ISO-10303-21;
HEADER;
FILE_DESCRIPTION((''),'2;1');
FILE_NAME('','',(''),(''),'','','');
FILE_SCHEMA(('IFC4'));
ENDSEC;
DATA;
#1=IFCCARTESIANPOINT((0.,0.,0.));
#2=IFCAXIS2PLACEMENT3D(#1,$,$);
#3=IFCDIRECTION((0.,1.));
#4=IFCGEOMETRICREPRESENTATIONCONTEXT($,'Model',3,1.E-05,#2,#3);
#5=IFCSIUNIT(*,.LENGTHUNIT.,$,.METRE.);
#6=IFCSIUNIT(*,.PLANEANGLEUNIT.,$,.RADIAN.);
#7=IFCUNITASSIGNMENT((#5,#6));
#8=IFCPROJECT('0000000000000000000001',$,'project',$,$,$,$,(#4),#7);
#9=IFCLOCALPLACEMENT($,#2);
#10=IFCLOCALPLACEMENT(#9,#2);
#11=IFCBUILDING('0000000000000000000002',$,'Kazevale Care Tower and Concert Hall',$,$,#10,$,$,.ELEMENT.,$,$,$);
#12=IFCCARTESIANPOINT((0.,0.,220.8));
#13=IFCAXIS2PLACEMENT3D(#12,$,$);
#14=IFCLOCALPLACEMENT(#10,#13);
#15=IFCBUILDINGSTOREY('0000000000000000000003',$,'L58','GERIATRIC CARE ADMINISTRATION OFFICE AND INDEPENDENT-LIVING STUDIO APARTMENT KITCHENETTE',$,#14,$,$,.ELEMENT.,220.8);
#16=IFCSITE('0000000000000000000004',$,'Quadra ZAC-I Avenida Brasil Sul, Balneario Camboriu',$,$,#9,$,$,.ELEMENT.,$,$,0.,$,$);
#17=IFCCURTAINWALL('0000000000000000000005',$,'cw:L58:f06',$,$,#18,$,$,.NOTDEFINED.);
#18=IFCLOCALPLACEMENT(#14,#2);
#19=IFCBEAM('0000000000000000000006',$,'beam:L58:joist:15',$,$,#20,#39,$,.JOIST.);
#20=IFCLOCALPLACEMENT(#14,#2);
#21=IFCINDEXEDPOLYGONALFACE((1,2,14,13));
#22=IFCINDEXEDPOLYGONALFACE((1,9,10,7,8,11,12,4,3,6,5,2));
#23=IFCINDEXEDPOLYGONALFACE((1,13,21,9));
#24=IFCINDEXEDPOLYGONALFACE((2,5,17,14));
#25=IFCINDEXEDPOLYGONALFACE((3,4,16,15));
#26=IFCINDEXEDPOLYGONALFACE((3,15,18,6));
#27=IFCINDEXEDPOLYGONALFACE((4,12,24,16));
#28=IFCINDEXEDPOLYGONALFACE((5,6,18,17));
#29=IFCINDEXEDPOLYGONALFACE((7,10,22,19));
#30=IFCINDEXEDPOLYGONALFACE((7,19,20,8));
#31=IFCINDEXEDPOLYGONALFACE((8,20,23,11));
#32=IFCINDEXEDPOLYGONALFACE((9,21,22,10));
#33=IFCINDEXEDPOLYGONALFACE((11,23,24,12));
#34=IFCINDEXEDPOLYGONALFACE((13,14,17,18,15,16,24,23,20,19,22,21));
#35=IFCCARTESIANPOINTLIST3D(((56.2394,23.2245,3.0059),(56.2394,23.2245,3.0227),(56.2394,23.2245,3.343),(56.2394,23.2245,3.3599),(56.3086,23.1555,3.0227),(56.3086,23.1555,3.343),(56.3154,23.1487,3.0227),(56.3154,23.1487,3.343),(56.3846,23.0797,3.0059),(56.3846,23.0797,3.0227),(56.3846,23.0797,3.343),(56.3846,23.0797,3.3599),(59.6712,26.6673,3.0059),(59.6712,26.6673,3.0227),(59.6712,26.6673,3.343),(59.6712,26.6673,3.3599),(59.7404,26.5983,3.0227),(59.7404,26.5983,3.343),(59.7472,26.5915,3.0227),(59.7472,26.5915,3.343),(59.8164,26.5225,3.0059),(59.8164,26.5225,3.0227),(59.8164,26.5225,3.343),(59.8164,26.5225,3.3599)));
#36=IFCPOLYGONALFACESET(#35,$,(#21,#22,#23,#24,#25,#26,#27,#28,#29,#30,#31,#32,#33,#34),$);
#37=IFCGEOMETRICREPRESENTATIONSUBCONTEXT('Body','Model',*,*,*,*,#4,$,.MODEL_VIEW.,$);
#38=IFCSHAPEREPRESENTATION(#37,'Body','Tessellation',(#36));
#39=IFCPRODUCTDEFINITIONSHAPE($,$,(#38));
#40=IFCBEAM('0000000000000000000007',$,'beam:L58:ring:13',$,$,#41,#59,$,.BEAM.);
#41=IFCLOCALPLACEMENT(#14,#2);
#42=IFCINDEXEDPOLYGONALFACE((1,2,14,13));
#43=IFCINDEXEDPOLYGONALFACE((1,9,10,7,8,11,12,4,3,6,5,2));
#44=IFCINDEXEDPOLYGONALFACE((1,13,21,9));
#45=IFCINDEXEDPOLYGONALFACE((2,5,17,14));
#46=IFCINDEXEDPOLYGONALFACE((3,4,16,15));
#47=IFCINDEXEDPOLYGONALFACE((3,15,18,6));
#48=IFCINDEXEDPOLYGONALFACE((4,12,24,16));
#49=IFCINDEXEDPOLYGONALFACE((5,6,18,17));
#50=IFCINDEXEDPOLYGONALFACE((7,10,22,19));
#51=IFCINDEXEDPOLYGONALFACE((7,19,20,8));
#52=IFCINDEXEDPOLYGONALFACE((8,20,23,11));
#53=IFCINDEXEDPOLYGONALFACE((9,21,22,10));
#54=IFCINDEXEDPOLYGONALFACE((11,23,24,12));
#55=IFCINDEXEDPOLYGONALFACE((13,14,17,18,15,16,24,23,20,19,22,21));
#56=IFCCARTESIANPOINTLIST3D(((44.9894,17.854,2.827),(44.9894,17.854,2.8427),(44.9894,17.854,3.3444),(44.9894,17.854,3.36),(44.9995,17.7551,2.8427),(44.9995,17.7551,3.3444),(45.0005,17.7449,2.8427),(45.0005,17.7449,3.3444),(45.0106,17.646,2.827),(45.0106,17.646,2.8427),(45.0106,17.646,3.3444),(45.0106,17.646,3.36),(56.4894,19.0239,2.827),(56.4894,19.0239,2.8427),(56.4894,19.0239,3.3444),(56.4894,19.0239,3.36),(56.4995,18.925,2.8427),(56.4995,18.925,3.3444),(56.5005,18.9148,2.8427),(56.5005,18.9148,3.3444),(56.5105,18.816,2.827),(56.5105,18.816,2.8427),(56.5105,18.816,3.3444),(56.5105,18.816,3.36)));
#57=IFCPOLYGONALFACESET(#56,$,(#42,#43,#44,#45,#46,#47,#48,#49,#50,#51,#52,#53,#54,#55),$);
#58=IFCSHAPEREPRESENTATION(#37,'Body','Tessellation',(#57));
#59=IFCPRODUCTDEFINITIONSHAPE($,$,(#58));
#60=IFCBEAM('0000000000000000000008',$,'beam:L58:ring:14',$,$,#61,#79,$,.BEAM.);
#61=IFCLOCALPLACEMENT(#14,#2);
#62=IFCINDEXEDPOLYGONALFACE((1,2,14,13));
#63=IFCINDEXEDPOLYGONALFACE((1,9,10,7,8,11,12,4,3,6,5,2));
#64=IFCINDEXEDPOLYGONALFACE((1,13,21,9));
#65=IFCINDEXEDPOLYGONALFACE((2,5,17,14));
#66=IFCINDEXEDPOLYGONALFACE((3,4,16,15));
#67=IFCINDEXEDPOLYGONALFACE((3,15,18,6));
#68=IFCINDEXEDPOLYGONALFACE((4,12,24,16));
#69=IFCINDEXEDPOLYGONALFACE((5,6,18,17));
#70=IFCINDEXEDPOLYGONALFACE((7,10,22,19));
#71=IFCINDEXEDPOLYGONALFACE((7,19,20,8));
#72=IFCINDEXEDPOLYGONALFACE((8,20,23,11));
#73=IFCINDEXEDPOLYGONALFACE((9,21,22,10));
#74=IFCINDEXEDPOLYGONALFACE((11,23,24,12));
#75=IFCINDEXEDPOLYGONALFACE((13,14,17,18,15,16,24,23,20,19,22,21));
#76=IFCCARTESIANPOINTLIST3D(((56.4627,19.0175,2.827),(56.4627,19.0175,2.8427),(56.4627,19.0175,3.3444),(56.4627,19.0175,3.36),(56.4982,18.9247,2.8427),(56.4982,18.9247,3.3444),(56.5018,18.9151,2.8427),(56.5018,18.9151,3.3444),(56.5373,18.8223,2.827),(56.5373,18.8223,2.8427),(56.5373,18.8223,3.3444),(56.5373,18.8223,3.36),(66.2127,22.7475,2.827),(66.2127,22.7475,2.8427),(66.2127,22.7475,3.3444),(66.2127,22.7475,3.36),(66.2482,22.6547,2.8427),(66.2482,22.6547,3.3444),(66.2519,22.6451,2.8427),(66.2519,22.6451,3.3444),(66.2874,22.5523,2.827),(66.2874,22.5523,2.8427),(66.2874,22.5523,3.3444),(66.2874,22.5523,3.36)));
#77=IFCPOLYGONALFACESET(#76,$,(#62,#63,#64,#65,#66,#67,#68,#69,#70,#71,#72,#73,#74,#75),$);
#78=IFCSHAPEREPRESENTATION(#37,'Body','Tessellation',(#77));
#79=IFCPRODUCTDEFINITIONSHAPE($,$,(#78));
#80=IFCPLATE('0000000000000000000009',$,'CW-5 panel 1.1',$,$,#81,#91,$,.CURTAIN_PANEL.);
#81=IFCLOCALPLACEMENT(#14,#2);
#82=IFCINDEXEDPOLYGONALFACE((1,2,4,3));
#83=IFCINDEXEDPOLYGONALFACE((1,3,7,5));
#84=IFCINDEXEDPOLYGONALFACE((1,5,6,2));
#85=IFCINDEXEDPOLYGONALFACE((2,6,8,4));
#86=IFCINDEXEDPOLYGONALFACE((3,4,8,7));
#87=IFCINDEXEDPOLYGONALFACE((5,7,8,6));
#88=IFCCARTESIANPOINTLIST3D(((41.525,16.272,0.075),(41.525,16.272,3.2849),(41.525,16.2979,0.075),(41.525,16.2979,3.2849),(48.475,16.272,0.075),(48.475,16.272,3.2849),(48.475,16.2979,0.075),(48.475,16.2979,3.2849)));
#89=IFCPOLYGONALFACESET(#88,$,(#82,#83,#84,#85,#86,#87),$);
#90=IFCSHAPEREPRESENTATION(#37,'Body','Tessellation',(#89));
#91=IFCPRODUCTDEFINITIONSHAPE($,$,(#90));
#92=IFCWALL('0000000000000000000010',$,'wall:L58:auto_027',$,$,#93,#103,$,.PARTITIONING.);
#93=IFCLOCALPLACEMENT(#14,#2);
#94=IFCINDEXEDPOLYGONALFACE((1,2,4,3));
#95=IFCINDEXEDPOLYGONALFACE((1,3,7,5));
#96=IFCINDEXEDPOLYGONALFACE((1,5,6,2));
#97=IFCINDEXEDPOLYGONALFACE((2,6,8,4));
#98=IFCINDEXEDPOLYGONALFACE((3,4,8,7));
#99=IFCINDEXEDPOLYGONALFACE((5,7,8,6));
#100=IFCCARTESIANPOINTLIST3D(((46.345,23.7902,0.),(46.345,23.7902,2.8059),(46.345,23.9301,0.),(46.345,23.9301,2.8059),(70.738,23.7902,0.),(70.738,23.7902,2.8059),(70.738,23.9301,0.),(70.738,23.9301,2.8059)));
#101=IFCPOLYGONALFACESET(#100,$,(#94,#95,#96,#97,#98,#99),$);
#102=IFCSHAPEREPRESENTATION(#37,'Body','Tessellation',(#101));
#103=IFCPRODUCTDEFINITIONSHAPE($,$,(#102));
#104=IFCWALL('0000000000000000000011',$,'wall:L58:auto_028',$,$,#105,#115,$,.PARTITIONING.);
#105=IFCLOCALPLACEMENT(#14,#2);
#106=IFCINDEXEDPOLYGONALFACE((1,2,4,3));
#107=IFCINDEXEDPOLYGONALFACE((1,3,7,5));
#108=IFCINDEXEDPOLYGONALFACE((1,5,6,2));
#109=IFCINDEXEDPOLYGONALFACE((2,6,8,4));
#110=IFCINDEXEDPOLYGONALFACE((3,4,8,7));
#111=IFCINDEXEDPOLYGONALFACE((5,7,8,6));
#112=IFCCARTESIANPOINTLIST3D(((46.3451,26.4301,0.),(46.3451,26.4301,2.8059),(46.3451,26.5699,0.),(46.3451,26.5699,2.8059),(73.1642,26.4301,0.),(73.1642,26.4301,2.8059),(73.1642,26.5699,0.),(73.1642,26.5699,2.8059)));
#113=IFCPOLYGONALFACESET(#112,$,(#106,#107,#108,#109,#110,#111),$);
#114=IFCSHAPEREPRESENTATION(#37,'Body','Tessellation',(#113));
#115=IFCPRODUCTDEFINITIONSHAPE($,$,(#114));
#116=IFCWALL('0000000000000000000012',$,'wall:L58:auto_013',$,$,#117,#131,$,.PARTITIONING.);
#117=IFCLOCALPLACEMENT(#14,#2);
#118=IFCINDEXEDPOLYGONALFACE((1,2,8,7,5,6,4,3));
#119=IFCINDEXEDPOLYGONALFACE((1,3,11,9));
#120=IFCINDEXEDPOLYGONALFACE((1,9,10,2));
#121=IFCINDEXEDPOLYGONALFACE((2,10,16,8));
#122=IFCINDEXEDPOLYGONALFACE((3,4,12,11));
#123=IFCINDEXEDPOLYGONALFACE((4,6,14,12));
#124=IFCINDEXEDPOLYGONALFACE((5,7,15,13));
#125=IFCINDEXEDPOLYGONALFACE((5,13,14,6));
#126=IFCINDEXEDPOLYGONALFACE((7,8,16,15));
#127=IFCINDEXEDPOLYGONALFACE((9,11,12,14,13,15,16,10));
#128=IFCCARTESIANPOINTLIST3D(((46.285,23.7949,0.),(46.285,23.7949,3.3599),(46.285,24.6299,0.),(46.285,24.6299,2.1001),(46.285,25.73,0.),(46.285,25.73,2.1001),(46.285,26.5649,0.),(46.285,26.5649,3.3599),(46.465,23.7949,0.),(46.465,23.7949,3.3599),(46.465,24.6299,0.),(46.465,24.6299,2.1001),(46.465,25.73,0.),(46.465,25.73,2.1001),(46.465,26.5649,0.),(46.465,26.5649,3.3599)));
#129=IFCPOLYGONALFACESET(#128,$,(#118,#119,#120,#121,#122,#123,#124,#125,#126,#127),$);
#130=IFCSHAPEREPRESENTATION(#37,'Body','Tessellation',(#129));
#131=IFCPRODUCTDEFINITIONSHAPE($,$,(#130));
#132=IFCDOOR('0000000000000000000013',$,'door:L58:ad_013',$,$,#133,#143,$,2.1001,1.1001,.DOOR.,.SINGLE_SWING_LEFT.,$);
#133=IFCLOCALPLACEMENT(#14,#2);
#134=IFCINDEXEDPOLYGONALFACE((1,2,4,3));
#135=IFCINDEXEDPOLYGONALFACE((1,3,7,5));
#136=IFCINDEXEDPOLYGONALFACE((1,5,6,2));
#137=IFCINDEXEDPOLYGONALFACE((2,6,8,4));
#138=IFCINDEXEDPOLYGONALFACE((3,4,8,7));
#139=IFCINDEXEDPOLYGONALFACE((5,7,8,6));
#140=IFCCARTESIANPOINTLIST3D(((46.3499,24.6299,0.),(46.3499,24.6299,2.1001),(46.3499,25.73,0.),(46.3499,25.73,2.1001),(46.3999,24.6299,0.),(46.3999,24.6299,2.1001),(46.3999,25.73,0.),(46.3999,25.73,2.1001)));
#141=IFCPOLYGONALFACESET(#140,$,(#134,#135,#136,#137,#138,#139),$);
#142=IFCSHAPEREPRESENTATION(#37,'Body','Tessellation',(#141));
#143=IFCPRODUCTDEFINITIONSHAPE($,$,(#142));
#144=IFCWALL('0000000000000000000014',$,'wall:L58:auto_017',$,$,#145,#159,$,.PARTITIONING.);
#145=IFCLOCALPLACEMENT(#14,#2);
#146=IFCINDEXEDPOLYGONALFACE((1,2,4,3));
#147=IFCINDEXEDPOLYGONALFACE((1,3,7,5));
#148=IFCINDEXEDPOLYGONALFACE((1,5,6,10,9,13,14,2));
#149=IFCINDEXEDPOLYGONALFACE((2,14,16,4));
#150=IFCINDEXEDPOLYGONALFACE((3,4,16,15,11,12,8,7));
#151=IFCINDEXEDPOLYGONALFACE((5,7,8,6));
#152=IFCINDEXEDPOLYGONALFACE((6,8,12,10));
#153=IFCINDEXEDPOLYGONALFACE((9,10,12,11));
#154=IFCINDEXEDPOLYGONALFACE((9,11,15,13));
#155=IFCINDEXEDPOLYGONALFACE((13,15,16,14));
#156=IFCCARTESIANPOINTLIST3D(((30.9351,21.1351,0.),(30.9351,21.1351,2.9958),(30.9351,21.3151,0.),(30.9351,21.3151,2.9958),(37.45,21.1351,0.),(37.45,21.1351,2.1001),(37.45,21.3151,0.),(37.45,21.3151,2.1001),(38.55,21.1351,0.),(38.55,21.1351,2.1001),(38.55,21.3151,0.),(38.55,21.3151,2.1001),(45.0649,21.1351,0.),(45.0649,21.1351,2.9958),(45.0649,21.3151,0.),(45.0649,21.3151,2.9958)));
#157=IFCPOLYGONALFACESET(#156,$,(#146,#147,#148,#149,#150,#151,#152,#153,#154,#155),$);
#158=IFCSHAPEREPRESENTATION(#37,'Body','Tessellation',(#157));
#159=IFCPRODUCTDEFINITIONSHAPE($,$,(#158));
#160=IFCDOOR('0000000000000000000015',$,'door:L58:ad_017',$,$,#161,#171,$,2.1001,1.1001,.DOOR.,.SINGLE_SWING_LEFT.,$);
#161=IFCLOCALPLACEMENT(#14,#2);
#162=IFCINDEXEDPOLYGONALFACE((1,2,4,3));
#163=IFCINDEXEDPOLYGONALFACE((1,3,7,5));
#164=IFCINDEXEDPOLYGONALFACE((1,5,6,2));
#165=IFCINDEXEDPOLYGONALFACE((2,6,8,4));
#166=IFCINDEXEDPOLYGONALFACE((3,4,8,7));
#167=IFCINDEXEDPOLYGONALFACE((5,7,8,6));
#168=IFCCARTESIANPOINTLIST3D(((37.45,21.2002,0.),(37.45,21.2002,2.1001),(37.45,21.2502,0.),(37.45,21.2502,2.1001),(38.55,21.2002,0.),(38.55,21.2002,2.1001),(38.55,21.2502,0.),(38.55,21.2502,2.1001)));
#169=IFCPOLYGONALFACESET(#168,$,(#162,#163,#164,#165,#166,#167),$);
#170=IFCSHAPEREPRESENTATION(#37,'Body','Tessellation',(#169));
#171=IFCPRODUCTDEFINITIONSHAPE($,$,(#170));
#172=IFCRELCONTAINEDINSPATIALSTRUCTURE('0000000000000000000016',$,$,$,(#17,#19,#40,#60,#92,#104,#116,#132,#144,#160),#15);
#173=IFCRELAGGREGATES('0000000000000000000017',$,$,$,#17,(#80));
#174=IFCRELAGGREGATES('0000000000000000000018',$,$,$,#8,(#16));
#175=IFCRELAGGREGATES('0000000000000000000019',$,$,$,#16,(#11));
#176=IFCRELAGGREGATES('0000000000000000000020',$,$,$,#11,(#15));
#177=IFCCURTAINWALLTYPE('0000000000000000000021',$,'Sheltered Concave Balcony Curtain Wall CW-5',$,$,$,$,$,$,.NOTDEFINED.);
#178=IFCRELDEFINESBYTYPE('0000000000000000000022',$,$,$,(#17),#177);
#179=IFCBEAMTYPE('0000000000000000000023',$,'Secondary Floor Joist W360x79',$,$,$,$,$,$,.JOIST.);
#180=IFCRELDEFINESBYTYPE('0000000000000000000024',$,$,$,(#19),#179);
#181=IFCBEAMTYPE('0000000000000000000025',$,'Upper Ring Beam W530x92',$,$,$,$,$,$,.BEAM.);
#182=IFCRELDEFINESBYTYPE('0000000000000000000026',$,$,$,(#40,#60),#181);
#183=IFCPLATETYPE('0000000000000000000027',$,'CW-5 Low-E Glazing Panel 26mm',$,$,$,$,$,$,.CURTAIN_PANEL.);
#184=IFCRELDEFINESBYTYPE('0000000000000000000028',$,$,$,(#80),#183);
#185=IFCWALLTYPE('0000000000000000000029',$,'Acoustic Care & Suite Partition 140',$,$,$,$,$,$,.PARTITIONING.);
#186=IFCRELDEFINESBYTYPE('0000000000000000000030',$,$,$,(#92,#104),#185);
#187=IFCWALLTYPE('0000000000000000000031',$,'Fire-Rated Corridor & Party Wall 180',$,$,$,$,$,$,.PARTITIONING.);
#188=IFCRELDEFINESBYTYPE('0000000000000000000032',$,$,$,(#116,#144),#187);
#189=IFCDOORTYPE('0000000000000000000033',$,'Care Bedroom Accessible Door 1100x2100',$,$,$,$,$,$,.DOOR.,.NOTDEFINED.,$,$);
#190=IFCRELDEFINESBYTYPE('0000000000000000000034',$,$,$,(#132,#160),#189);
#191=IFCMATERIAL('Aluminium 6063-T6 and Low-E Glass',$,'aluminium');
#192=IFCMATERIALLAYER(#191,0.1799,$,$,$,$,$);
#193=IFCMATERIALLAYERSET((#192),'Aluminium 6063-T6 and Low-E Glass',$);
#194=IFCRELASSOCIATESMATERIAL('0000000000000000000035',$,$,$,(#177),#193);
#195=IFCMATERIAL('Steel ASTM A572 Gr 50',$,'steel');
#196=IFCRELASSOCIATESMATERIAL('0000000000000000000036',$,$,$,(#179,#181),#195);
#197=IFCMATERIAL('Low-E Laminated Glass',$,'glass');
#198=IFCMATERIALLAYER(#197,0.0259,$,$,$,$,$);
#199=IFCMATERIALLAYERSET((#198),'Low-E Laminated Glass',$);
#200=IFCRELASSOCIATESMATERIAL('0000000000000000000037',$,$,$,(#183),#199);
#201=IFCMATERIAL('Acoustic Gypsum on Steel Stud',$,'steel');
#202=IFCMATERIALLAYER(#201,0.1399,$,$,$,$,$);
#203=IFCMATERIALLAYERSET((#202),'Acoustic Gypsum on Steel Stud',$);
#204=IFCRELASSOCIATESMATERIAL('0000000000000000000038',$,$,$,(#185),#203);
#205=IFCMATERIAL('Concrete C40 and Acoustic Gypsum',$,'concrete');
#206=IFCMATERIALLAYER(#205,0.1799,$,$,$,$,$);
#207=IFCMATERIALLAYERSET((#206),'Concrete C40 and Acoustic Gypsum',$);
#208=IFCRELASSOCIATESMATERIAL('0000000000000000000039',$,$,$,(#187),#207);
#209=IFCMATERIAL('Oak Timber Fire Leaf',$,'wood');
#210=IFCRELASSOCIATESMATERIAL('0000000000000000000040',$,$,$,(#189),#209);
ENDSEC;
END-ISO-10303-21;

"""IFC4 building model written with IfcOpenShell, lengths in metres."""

from ifc_helpers import new_model, si_unit, direction, frame, frame_2d, origin, origin_2d, place, context, subcontext, project, spatial, rectangle, i_section, extrude, material, layer, layer_set, material_profile, profile_set, type_object, element, fill, aggregate, save


model = new_model("IFC4")

# Units and contexts
model_context = context("Model", 3, precision=1e-05, world=origin(), true_north=direction((0.0, 1.0)))
body_context = subcontext(model_context, "Body", "Model", "MODEL_VIEW")
ifc_project = project(units=[si_unit("LENGTHUNIT", "METRE"), si_unit("PLANEANGLEUNIT", "RADIAN")], contexts=[model_context])

# Site, building, storey
site_placement = place(None, origin())
site = spatial("IfcSite", under=ifc_project, at=site_placement, Name="Quadra ZAC-I Avenida Brasil Sul, Balneario Camboriu", CompositionType="ELEMENT", RefElevation=0.0)
building_placement = place(site_placement, origin())
building = spatial("IfcBuilding", under=site, at=building_placement, Name="Kazevale Care Tower and Concert Hall", CompositionType="ELEMENT")
storey_placement = place(building_placement, frame((0.0, 0.0, 220.8)))
storey = spatial("IfcBuildingStorey", under=building, at=storey_placement, Name="L58", Description="GERIATRIC CARE ADMINISTRATION OFFICE AND INDEPENDENT-LIVING STUDIO APARTMENT KITCHENETTE", CompositionType="ELEMENT", Elevation=220.8)

# Shared definitions
ifc_material_1 = material(Name="Aluminium 6063-T6 and Low-E Glass", Category="aluminium")
ifc_layer_1 = layer(ifc_material_1, 0.1799)
ifc_layer_set_1 = layer_set([ifc_layer_1], Name="Aluminium 6063-T6 and Low-E Glass")
curtain_wall_type = type_object("IfcCurtainWallType", Name="Sheltered Concave Balcony Curtain Wall CW-5", PredefinedType="NOTDEFINED", material=ifc_layer_set_1)

# Curtain wall
curtain_wall_1_placement = place(storey_placement, origin())
curtain_wall_1 = element("IfcCurtainWall", 1, at=curtain_wall_1_placement, inside=storey, type_object=curtain_wall_type, Name="cw:L58:f06", PredefinedType="NOTDEFINED")

# Beams
ifc_material_2 = material(Name="Steel ASTM A572 Gr 50", Category="steel")
ifc_material_profile_1 = material_profile(ifc_material_2, i_section(OverallWidth=0.2051, OverallDepth=0.354, WebThickness=0.0095, FlangeThickness=0.0168, at=origin_2d()), Name="W360x79")
ifc_profile_set_1 = profile_set([ifc_material_profile_1], Name="Steel ASTM A572 Gr 50")
beam_type_1 = type_object("IfcBeamType", Name="Secondary Floor Joist W360x79", PredefinedType="JOIST", material=ifc_profile_set_1)
beam_1_placement = place(storey_placement, frame((56.312, 23.1521, 3.1829), z_axis=(0.705976, 0.708236, 0.0), x_axis=(-0.708236, 0.705976, 0.0)))
element("IfcBeam", 2, at=beam_1_placement, inside=storey, type_object=beam_type_1, Name="beam:L58:joist:15", PredefinedType="JOIST", context=body_context, shape_type="SweptSolid", body=[
    extrude(i_section(OverallWidth=0.2051, OverallDepth=0.354, WebThickness=0.0095, FlangeThickness=0.0168, at=origin_2d()), origin(), (0.0, 0.0, 1.0), 4.8611),
])
ifc_material_profile_2 = material_profile(ifc_material_2, i_section(OverallWidth=0.209, OverallDepth=0.533, WebThickness=0.0103, FlangeThickness=0.0156, at=origin_2d()), Name="W530x92")
ifc_profile_set_2 = profile_set([ifc_material_profile_2], Name="Steel ASTM A572 Gr 50")
beam_type_2 = type_object("IfcBeamType", Name="Upper Ring Beam W530x92", PredefinedType="BEAM", material=ifc_profile_set_2)
beam_2_placement = place(storey_placement, frame((45.0, 17.75, 3.0935), z_axis=(0.994865, 0.10121, 0.0), x_axis=(-0.10121, 0.994865, 0.0)))
element("IfcBeam", 3, at=beam_2_placement, inside=storey, type_object=beam_type_2, Name="beam:L58:ring:13", PredefinedType="BEAM", context=body_context, shape_type="SweptSolid", body=[
    extrude(i_section(OverallWidth=0.209, OverallDepth=0.533, WebThickness=0.0103, FlangeThickness=0.0156, at=origin_2d()), origin(), (0.0, 0.0, 1.0), 11.5593),
])
beam_3_placement = place(storey_placement, frame((56.5, 18.9199, 3.0935), z_axis=(0.933987, 0.357308, 0.0), x_axis=(-0.357308, 0.933987, 0.0)))
element("IfcBeam", 4, at=beam_3_placement, inside=storey, type_object=beam_type_2, Name="beam:L58:ring:14", PredefinedType="BEAM", context=body_context, shape_type="SweptSolid", body=[
    extrude(i_section(OverallWidth=0.209, OverallDepth=0.533, WebThickness=0.0103, FlangeThickness=0.0156, at=origin_2d()), origin(), (0.0, 0.0, 1.0), 10.4392),
])

# Plate
ifc_material_3 = material(Name="Low-E Laminated Glass", Category="glass")
ifc_layer_2 = layer(ifc_material_3, 0.0259)
ifc_layer_set_2 = layer_set([ifc_layer_2], Name="Low-E Laminated Glass")
plate_type = type_object("IfcPlateType", Name="CW-5 Low-E Glazing Panel 26mm", PredefinedType="CURTAIN_PANEL", material=ifc_layer_set_2)
plate_placement = place(storey_placement, frame((45.0, 16.2849, 0.075), z_axis=(0.0, 0.0, 1.0), x_axis=(-1.0, 0.0, 0.0)))
plate = element("IfcPlate", 5, at=plate_placement, type_object=plate_type, Name="CW-5 panel 1.1", PredefinedType="CURTAIN_PANEL", context=body_context, shape_type="SweptSolid", body=[
    extrude(rectangle(XDim=6.95, YDim=0.0259, at=origin_2d()), origin(), (0.0, 0.0, 1.0), 3.21),
])
aggregate(curtain_wall_1, [plate])

# Walls
ifc_material_4 = material(Name="Acoustic Gypsum on Steel Stud", Category="steel")
ifc_layer_3 = layer(ifc_material_4, 0.1399)
ifc_layer_set_3 = layer_set([ifc_layer_3], Name="Acoustic Gypsum on Steel Stud")
wall_type_1 = type_object("IfcWallType", Name="Acoustic Care & Suite Partition 140", PredefinedType="PARTITIONING", material=ifc_layer_set_3)
wall_1_placement = place(storey_placement, frame((46.345, 23.8601, 0.0), z_axis=(0.0, 0.0, 1.0), x_axis=(1.0, 0.0, 0.0)))
element("IfcWall", 6, at=wall_1_placement, inside=storey, type_object=wall_type_1, Name="wall:L58:auto_027", PredefinedType="PARTITIONING", context=body_context, shape_type="SweptSolid", body=[
    extrude(rectangle(XDim=24.3931, YDim=0.1399, at=frame_2d((12.1965, 0.0))), origin(), (0.0, 0.0, 1.0), 2.8059),
])
wall_2_placement = place(storey_placement, frame((46.345, 26.5, 0.0), z_axis=(0.0, 0.0, 1.0), x_axis=(1.0, 0.0, 0.0)))
element("IfcWall", 7, at=wall_2_placement, inside=storey, type_object=wall_type_1, Name="wall:L58:auto_028", PredefinedType="PARTITIONING", context=body_context, shape_type="SweptSolid", body=[
    extrude(rectangle(XDim=26.8191, YDim=0.1399, at=frame_2d((13.4097, 0.0))), origin(), (0.0, 0.0, 1.0), 2.8059),
])

# Walls, openings, doors
ifc_material_5 = material(Name="Concrete C40 and Acoustic Gypsum", Category="concrete")
ifc_layer_4 = layer(ifc_material_5, 0.1799)
ifc_layer_set_4 = layer_set([ifc_layer_4], Name="Concrete C40 and Acoustic Gypsum")
wall_type_2 = type_object("IfcWallType", Name="Fire-Rated Corridor & Party Wall 180", PredefinedType="PARTITIONING", material=ifc_layer_set_4)
ifc_material_6 = material(Name="Oak Timber Fire Leaf", Category="wood")
wall_3_placement = place(storey_placement, frame((46.375, 26.5649, 0.0), z_axis=(0.0, 0.0, 1.0), x_axis=(0.0, -1.0, 0.0)))
wall_3 = element("IfcWall", 8, at=wall_3_placement, inside=storey, type_object=wall_type_2, Name="wall:L58:auto_013", PredefinedType="PARTITIONING", context=body_context, shape_type="SweptSolid", body=[
    extrude(rectangle(XDim=2.77, YDim=0.1799, at=frame_2d((1.385, 0.0))), origin(), (0.0, 0.0, 1.0), 3.3599),
])
opening_1_placement = place(wall_3_placement, frame((0.835, 0.0, 0.0)))
opening_1 = element("IfcOpeningElement", 9, at=opening_1_placement, cuts=wall_3, PredefinedType="OPENING", context=body_context, shape_type="SweptSolid", body=[
    extrude(rectangle(XDim=1.1001, YDim=2.1001, at=frame_2d((0.55, 1.05))), frame((0.0, 0.0999, 0.0), z_axis=(0.0, -1.0, 0.0), x_axis=(1.0, 0.0, 0.0)), (0.0, 0.0, 1.0), 0.2),
])
door_type_1 = type_object("IfcDoorType", Name="Care Bedroom Accessible Door 1100x2100", OperationType="NOTDEFINED", PredefinedType="DOOR", material=ifc_material_6)
door_1_placement = place(opening_1_placement, origin())
door_1 = element("IfcDoor", 10, at=door_1_placement, inside=storey, type_object=door_type_1, Name="door:L58:ad_013", OperationType="SINGLE_SWING_LEFT", OverallHeight=2.1001, OverallWidth=1.1001, PredefinedType="DOOR", context=body_context, shape_type="SweptSolid", body=[
    extrude(rectangle(XDim=1.1001, YDim=2.1001, at=frame_2d((0.55, 1.05))), frame((0.0, 0.0249, 0.0), z_axis=(0.0, -1.0, 0.0), x_axis=(1.0, 0.0, 0.0)), (0.0, 0.0, 1.0), 0.05),
])
fill(opening_1, door_1)
wall_4_placement = place(storey_placement, frame((45.0649, 21.2251, 0.0), z_axis=(0.0, 0.0, 1.0), x_axis=(-1.0, 0.0, 0.0)))
wall_4 = element("IfcWall", 11, at=wall_4_placement, inside=storey, type_object=wall_type_2, Name="wall:L58:auto_017", PredefinedType="PARTITIONING", context=body_context, shape_type="SweptSolid", body=[
    extrude(rectangle(XDim=14.1299, YDim=0.1799, at=frame_2d((7.0649, 0.0))), origin(), (0.0, 0.0, 1.0), 2.9958),
])
opening_2_placement = place(wall_4_placement, frame((6.5149, 0.0, 0.0)))
opening_2 = element("IfcOpeningElement", 12, at=opening_2_placement, cuts=wall_4, PredefinedType="OPENING", context=body_context, shape_type="SweptSolid", body=[
    extrude(rectangle(XDim=1.1001, YDim=2.1001, at=frame_2d((0.55, 1.05))), frame((0.0, 0.0999, 0.0), z_axis=(0.0, -1.0, 0.0), x_axis=(1.0, 0.0, 0.0)), (0.0, 0.0, 1.0), 0.2),
])
door_2_placement = place(opening_2_placement, origin())
door_2 = element("IfcDoor", 13, at=door_2_placement, inside=storey, type_object=door_type_1, Name="door:L58:ad_017", OperationType="SINGLE_SWING_LEFT", OverallHeight=2.1001, OverallWidth=1.1001, PredefinedType="DOOR", context=body_context, shape_type="SweptSolid", body=[
    extrude(rectangle(XDim=1.1001, YDim=2.1001, at=frame_2d((0.55, 1.05))), frame((0.0, 0.0249, 0.0), z_axis=(0.0, -1.0, 0.0), x_axis=(1.0, 0.0, 0.0)), (0.0, 0.0, 1.0), 0.05),
])
fill(opening_2, door_2)

save(model, "model.ifc")
